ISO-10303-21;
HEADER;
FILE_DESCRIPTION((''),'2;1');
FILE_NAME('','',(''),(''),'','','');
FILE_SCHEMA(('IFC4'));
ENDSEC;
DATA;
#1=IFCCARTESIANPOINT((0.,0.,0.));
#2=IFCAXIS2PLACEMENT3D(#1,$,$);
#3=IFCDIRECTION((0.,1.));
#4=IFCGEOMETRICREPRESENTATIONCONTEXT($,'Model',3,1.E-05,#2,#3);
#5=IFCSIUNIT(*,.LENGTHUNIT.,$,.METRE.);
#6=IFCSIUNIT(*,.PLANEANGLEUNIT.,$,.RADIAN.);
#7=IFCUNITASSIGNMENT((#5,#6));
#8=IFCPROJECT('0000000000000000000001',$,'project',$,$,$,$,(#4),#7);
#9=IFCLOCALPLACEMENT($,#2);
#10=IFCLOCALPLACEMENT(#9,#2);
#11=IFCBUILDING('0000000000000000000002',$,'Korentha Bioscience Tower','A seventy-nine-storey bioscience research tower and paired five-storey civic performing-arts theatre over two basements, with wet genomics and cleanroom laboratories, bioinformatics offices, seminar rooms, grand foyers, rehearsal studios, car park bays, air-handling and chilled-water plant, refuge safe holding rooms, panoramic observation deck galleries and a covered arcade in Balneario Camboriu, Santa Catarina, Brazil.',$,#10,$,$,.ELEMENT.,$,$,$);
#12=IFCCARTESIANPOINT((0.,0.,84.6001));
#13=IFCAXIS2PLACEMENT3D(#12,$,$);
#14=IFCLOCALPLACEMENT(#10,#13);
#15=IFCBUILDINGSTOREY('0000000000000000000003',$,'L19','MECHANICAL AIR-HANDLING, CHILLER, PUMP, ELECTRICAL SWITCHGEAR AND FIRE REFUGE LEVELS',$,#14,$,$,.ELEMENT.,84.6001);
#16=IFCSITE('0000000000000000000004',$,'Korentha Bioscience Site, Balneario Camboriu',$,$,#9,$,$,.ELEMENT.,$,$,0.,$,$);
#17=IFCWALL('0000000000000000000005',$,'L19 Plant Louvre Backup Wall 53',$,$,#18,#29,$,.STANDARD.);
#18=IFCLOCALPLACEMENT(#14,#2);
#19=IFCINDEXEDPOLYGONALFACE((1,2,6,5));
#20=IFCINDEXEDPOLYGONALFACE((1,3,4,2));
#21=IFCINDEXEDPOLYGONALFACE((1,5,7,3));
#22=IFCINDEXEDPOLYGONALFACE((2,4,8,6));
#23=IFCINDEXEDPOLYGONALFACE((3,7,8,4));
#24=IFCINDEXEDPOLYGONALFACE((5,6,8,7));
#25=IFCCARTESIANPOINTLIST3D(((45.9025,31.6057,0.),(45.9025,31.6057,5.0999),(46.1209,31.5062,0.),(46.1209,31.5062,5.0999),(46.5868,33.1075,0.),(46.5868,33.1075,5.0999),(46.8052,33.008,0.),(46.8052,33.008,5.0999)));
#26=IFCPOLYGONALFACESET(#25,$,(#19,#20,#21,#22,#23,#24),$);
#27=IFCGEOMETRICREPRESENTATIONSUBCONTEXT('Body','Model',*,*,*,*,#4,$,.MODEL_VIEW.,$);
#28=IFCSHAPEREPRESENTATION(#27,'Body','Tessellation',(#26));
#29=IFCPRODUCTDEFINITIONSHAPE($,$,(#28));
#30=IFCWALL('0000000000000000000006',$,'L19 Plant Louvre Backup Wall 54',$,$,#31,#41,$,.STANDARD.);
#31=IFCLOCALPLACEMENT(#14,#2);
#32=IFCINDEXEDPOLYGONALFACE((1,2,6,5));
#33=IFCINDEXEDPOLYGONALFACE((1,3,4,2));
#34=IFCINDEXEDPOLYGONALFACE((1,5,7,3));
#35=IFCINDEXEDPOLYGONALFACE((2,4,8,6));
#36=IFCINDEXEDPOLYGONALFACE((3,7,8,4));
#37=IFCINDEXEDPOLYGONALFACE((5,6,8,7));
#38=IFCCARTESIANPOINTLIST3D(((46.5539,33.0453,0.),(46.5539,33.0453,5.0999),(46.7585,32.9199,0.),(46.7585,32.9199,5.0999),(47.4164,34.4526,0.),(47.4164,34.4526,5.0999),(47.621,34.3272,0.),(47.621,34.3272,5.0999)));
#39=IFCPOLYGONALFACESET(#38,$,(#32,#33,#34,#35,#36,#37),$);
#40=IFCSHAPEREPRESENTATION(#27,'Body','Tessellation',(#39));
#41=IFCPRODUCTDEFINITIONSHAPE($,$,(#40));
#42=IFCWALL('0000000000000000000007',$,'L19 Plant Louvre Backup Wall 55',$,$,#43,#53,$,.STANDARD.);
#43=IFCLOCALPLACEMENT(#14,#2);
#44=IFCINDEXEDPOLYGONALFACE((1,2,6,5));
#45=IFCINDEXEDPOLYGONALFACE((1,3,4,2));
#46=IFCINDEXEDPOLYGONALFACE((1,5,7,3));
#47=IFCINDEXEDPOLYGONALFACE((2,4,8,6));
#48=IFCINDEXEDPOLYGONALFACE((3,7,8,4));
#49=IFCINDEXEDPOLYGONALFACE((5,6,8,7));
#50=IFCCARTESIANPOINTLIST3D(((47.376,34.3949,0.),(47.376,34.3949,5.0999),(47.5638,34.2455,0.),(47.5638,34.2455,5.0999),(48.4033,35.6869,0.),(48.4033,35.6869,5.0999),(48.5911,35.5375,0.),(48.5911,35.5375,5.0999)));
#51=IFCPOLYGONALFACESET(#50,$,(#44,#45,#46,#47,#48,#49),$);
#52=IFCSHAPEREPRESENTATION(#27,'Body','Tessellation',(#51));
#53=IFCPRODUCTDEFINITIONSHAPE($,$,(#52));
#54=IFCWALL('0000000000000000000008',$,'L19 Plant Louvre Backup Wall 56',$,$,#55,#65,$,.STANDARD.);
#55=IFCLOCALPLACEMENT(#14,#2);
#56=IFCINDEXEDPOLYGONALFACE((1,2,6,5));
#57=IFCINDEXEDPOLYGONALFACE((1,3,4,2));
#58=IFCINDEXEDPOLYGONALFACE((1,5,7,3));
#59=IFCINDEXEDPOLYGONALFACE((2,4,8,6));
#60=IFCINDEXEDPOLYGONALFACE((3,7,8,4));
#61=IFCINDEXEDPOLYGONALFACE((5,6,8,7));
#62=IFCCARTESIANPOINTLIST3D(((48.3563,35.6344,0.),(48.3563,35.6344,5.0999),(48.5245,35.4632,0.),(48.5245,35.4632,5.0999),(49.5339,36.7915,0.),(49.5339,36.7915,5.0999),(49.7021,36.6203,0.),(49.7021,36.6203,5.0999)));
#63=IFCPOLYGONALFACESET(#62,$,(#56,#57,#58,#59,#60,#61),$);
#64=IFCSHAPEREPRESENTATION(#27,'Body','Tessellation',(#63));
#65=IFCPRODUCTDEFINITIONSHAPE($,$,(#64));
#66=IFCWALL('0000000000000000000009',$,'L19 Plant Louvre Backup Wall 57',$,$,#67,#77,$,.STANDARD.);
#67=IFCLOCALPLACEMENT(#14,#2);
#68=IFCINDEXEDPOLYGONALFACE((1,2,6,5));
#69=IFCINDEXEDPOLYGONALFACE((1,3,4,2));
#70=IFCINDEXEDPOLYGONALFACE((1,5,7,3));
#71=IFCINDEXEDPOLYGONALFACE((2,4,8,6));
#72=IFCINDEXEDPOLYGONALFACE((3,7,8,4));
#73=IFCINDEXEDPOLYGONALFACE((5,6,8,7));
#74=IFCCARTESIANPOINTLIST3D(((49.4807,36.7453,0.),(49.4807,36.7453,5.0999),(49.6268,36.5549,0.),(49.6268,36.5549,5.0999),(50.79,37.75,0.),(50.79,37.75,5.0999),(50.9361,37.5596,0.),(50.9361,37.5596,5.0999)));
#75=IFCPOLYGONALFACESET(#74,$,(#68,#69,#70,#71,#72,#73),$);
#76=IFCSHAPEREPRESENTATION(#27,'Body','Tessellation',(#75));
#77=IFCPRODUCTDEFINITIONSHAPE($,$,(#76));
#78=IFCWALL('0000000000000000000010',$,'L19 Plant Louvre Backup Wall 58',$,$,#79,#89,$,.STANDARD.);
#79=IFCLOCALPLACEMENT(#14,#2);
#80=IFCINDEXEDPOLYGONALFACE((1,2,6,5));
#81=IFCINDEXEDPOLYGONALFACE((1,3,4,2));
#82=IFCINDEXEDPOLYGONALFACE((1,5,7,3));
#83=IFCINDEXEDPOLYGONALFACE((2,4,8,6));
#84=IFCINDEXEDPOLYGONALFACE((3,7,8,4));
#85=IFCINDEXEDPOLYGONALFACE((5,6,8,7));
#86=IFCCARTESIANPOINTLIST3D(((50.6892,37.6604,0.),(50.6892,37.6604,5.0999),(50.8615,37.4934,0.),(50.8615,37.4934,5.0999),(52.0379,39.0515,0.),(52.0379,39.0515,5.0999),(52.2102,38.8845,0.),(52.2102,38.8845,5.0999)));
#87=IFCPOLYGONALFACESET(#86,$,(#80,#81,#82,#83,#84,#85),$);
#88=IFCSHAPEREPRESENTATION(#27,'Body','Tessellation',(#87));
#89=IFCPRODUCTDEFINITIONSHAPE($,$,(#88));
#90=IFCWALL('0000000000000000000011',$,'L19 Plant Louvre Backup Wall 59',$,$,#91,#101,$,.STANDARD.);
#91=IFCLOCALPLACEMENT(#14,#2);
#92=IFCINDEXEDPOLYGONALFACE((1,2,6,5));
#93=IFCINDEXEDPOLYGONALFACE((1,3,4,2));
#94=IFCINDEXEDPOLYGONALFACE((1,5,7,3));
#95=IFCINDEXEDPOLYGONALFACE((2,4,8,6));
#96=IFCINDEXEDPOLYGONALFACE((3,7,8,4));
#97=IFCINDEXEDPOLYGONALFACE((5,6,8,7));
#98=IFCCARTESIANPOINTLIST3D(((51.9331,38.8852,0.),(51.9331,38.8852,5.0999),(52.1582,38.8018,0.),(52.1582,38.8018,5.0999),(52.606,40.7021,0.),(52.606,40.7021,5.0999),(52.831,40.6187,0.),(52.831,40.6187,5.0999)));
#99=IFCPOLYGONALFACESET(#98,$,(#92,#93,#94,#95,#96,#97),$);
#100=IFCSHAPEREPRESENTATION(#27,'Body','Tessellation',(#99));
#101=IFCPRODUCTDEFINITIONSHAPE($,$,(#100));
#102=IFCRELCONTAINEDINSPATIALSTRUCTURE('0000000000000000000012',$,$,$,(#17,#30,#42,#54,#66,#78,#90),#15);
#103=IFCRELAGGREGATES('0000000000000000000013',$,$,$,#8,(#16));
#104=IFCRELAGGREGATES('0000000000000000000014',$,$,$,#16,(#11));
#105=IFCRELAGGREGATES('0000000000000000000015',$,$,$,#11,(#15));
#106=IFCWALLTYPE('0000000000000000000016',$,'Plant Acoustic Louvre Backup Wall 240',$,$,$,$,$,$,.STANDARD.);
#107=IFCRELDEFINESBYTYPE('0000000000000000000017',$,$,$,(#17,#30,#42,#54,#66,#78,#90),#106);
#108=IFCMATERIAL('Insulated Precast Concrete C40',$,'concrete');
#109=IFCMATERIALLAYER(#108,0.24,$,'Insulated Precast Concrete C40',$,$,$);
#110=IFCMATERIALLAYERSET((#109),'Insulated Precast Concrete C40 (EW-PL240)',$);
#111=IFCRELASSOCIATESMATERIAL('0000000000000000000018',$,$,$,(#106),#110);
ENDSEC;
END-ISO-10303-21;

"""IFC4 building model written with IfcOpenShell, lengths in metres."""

from ifc_helpers import new_model, si_unit, direction, frame, frame_2d, origin, place, context, subcontext, project, spatial, rectangle, extrude, material, layer, layer_set, type_object, element, save


model = new_model("IFC4")

# Units and contexts
model_context = context("Model", 3, precision=1e-05, world=origin(), true_north=direction((0.0, 1.0)))
body_context = subcontext(model_context, "Body", "Model", "MODEL_VIEW")
ifc_project = project(units=[si_unit("LENGTHUNIT", "METRE"), si_unit("PLANEANGLEUNIT", "RADIAN")], contexts=[model_context])

# Site, building, storey
site_placement = place(None, origin())
site = spatial("IfcSite", under=ifc_project, at=site_placement, Name="Korentha Bioscience Site, Balneario Camboriu", CompositionType="ELEMENT", RefElevation=0.0)
building_placement = place(site_placement, origin())
building = spatial("IfcBuilding", under=site, at=building_placement, Name="Korentha Bioscience Tower", Description="A seventy-nine-storey bioscience research tower and paired five-storey civic performing-arts theatre over two basements, with wet genomics and cleanroom laboratories, bioinformatics offices, seminar rooms, grand foyers, rehearsal studios, car park bays, air-handling and chilled-water plant, refuge safe holding rooms, panoramic observation deck galleries and a covered arcade in Balneario Camboriu, Santa Catarina, Brazil.", CompositionType="ELEMENT")
storey_placement = place(building_placement, frame((0.0, 0.0, 84.6001)))
storey = spatial("IfcBuildingStorey", under=building, at=storey_placement, Name="L19", Description="MECHANICAL AIR-HANDLING, CHILLER, PUMP, ELECTRICAL SWITCHGEAR AND FIRE REFUGE LEVELS", CompositionType="ELEMENT", Elevation=84.6001)

# Walls
ifc_material_1 = material(Name="Insulated Precast Concrete C40", Category="concrete")
ifc_layer_1 = layer(ifc_material_1, 0.24, Name="Insulated Precast Concrete C40")
ifc_layer_set_1 = layer_set([ifc_layer_1], Name="Insulated Precast Concrete C40 (EW-PL240)")
wall_type = type_object("IfcWallType", Name="Plant Acoustic Louvre Backup Wall 240", PredefinedType="STANDARD", material=ifc_layer_set_1)
wall_1_placement = place(storey_placement, frame((46.0117, 31.5559, 0.0), z_axis=(0.0, 0.0, 1.0), x_axis=(0.414616, 0.909996, 0.0)))
element("IfcWall", 1, at=wall_1_placement, inside=storey, type_object=wall_type, Name="L19 Plant Louvre Backup Wall 53", PredefinedType="STANDARD", context=body_context, shape_type="SweptSolid", body=[
    extrude(rectangle(XDim=1.6504, YDim=0.24, at=frame_2d((0.8252, 0.0))), origin(), (0.0, 0.0, 1.0), 5.0999),
])
for number, where, z_axis, x_axis, name in (
    (2, (46.6562, 32.9827, 0.0), (0.0, 0.0, 1.0), (0.52252, 0.852627, 0.0), "L19 Plant Louvre Backup Wall 54"),
    (3, (47.47, 34.3203, 0.0), (0.0, 0.0, 1.0), (0.622384, 0.782712, 0.0), "L19 Plant Louvre Backup Wall 55"),
):
    element("IfcWall", number, at=place(storey_placement, frame(where, z_axis=z_axis, x_axis=x_axis)), inside=storey, type_object=wall_type, Name=name, PredefinedType="STANDARD", context=body_context, shape_type="SweptSolid", body=[
        extrude(rectangle(XDim=1.6506, YDim=0.24, at=frame_2d((0.8252, 0.0))), origin(), (0.0, 0.0, 1.0), 5.0999),
    ])
wall_2_placement = place(storey_placement, frame((48.4404, 35.5488, 0.0), z_axis=(0.0, 0.0, 1.0), x_axis=(0.713291, 0.700868, 0.0)))
element("IfcWall", 4, at=wall_2_placement, inside=storey, type_object=wall_type, Name="L19 Plant Louvre Backup Wall 56", PredefinedType="STANDARD", context=body_context, shape_type="SweptSolid", body=[
    extrude(rectangle(XDim=1.6509, YDim=0.24, at=frame_2d((0.8254, 0.0))), origin(), (0.0, 0.0, 1.0), 5.0999),
])
wall_3_placement = place(storey_placement, frame((49.5537, 36.6501, 0.0), z_axis=(0.0, 0.0, 1.0), x_axis=(0.793366, 0.608745, 0.0)))
element("IfcWall", 5, at=wall_3_placement, inside=storey, type_object=wall_type, Name="L19 Plant Louvre Backup Wall 57", PredefinedType="STANDARD", context=body_context, shape_type="SweptSolid", body=[
    extrude(rectangle(XDim=1.6504, YDim=0.24, at=frame_2d((0.8252, 0.0))), origin(), (0.0, 0.0, 1.0), 5.0999),
])
for number, where, z_axis, x_axis, name in (
    (6, (50.7754, 37.5769, 0.0), (0.0, 0.0, 1.0), (0.696059, 0.717984, 0.0), "L19 Plant Louvre Backup Wall 58"),
    (7, (52.0457, 38.8435, 0.0), (0.0, 0.0, 1.0), (0.347282, 0.937761, 0.0), "L19 Plant Louvre Backup Wall 59"),
):
    element("IfcWall", number, at=place(storey_placement, frame(where, z_axis=z_axis, x_axis=x_axis)), inside=storey, type_object=wall_type, Name=name, PredefinedType="STANDARD", context=body_context, shape_type="SweptSolid", body=[
        extrude(rectangle(XDim=1.9375, YDim=0.24, at=frame_2d((0.9688, 0.0))), origin(), (0.0, 0.0, 1.0), 5.0999),
    ])

save(model, "model.ifc")
